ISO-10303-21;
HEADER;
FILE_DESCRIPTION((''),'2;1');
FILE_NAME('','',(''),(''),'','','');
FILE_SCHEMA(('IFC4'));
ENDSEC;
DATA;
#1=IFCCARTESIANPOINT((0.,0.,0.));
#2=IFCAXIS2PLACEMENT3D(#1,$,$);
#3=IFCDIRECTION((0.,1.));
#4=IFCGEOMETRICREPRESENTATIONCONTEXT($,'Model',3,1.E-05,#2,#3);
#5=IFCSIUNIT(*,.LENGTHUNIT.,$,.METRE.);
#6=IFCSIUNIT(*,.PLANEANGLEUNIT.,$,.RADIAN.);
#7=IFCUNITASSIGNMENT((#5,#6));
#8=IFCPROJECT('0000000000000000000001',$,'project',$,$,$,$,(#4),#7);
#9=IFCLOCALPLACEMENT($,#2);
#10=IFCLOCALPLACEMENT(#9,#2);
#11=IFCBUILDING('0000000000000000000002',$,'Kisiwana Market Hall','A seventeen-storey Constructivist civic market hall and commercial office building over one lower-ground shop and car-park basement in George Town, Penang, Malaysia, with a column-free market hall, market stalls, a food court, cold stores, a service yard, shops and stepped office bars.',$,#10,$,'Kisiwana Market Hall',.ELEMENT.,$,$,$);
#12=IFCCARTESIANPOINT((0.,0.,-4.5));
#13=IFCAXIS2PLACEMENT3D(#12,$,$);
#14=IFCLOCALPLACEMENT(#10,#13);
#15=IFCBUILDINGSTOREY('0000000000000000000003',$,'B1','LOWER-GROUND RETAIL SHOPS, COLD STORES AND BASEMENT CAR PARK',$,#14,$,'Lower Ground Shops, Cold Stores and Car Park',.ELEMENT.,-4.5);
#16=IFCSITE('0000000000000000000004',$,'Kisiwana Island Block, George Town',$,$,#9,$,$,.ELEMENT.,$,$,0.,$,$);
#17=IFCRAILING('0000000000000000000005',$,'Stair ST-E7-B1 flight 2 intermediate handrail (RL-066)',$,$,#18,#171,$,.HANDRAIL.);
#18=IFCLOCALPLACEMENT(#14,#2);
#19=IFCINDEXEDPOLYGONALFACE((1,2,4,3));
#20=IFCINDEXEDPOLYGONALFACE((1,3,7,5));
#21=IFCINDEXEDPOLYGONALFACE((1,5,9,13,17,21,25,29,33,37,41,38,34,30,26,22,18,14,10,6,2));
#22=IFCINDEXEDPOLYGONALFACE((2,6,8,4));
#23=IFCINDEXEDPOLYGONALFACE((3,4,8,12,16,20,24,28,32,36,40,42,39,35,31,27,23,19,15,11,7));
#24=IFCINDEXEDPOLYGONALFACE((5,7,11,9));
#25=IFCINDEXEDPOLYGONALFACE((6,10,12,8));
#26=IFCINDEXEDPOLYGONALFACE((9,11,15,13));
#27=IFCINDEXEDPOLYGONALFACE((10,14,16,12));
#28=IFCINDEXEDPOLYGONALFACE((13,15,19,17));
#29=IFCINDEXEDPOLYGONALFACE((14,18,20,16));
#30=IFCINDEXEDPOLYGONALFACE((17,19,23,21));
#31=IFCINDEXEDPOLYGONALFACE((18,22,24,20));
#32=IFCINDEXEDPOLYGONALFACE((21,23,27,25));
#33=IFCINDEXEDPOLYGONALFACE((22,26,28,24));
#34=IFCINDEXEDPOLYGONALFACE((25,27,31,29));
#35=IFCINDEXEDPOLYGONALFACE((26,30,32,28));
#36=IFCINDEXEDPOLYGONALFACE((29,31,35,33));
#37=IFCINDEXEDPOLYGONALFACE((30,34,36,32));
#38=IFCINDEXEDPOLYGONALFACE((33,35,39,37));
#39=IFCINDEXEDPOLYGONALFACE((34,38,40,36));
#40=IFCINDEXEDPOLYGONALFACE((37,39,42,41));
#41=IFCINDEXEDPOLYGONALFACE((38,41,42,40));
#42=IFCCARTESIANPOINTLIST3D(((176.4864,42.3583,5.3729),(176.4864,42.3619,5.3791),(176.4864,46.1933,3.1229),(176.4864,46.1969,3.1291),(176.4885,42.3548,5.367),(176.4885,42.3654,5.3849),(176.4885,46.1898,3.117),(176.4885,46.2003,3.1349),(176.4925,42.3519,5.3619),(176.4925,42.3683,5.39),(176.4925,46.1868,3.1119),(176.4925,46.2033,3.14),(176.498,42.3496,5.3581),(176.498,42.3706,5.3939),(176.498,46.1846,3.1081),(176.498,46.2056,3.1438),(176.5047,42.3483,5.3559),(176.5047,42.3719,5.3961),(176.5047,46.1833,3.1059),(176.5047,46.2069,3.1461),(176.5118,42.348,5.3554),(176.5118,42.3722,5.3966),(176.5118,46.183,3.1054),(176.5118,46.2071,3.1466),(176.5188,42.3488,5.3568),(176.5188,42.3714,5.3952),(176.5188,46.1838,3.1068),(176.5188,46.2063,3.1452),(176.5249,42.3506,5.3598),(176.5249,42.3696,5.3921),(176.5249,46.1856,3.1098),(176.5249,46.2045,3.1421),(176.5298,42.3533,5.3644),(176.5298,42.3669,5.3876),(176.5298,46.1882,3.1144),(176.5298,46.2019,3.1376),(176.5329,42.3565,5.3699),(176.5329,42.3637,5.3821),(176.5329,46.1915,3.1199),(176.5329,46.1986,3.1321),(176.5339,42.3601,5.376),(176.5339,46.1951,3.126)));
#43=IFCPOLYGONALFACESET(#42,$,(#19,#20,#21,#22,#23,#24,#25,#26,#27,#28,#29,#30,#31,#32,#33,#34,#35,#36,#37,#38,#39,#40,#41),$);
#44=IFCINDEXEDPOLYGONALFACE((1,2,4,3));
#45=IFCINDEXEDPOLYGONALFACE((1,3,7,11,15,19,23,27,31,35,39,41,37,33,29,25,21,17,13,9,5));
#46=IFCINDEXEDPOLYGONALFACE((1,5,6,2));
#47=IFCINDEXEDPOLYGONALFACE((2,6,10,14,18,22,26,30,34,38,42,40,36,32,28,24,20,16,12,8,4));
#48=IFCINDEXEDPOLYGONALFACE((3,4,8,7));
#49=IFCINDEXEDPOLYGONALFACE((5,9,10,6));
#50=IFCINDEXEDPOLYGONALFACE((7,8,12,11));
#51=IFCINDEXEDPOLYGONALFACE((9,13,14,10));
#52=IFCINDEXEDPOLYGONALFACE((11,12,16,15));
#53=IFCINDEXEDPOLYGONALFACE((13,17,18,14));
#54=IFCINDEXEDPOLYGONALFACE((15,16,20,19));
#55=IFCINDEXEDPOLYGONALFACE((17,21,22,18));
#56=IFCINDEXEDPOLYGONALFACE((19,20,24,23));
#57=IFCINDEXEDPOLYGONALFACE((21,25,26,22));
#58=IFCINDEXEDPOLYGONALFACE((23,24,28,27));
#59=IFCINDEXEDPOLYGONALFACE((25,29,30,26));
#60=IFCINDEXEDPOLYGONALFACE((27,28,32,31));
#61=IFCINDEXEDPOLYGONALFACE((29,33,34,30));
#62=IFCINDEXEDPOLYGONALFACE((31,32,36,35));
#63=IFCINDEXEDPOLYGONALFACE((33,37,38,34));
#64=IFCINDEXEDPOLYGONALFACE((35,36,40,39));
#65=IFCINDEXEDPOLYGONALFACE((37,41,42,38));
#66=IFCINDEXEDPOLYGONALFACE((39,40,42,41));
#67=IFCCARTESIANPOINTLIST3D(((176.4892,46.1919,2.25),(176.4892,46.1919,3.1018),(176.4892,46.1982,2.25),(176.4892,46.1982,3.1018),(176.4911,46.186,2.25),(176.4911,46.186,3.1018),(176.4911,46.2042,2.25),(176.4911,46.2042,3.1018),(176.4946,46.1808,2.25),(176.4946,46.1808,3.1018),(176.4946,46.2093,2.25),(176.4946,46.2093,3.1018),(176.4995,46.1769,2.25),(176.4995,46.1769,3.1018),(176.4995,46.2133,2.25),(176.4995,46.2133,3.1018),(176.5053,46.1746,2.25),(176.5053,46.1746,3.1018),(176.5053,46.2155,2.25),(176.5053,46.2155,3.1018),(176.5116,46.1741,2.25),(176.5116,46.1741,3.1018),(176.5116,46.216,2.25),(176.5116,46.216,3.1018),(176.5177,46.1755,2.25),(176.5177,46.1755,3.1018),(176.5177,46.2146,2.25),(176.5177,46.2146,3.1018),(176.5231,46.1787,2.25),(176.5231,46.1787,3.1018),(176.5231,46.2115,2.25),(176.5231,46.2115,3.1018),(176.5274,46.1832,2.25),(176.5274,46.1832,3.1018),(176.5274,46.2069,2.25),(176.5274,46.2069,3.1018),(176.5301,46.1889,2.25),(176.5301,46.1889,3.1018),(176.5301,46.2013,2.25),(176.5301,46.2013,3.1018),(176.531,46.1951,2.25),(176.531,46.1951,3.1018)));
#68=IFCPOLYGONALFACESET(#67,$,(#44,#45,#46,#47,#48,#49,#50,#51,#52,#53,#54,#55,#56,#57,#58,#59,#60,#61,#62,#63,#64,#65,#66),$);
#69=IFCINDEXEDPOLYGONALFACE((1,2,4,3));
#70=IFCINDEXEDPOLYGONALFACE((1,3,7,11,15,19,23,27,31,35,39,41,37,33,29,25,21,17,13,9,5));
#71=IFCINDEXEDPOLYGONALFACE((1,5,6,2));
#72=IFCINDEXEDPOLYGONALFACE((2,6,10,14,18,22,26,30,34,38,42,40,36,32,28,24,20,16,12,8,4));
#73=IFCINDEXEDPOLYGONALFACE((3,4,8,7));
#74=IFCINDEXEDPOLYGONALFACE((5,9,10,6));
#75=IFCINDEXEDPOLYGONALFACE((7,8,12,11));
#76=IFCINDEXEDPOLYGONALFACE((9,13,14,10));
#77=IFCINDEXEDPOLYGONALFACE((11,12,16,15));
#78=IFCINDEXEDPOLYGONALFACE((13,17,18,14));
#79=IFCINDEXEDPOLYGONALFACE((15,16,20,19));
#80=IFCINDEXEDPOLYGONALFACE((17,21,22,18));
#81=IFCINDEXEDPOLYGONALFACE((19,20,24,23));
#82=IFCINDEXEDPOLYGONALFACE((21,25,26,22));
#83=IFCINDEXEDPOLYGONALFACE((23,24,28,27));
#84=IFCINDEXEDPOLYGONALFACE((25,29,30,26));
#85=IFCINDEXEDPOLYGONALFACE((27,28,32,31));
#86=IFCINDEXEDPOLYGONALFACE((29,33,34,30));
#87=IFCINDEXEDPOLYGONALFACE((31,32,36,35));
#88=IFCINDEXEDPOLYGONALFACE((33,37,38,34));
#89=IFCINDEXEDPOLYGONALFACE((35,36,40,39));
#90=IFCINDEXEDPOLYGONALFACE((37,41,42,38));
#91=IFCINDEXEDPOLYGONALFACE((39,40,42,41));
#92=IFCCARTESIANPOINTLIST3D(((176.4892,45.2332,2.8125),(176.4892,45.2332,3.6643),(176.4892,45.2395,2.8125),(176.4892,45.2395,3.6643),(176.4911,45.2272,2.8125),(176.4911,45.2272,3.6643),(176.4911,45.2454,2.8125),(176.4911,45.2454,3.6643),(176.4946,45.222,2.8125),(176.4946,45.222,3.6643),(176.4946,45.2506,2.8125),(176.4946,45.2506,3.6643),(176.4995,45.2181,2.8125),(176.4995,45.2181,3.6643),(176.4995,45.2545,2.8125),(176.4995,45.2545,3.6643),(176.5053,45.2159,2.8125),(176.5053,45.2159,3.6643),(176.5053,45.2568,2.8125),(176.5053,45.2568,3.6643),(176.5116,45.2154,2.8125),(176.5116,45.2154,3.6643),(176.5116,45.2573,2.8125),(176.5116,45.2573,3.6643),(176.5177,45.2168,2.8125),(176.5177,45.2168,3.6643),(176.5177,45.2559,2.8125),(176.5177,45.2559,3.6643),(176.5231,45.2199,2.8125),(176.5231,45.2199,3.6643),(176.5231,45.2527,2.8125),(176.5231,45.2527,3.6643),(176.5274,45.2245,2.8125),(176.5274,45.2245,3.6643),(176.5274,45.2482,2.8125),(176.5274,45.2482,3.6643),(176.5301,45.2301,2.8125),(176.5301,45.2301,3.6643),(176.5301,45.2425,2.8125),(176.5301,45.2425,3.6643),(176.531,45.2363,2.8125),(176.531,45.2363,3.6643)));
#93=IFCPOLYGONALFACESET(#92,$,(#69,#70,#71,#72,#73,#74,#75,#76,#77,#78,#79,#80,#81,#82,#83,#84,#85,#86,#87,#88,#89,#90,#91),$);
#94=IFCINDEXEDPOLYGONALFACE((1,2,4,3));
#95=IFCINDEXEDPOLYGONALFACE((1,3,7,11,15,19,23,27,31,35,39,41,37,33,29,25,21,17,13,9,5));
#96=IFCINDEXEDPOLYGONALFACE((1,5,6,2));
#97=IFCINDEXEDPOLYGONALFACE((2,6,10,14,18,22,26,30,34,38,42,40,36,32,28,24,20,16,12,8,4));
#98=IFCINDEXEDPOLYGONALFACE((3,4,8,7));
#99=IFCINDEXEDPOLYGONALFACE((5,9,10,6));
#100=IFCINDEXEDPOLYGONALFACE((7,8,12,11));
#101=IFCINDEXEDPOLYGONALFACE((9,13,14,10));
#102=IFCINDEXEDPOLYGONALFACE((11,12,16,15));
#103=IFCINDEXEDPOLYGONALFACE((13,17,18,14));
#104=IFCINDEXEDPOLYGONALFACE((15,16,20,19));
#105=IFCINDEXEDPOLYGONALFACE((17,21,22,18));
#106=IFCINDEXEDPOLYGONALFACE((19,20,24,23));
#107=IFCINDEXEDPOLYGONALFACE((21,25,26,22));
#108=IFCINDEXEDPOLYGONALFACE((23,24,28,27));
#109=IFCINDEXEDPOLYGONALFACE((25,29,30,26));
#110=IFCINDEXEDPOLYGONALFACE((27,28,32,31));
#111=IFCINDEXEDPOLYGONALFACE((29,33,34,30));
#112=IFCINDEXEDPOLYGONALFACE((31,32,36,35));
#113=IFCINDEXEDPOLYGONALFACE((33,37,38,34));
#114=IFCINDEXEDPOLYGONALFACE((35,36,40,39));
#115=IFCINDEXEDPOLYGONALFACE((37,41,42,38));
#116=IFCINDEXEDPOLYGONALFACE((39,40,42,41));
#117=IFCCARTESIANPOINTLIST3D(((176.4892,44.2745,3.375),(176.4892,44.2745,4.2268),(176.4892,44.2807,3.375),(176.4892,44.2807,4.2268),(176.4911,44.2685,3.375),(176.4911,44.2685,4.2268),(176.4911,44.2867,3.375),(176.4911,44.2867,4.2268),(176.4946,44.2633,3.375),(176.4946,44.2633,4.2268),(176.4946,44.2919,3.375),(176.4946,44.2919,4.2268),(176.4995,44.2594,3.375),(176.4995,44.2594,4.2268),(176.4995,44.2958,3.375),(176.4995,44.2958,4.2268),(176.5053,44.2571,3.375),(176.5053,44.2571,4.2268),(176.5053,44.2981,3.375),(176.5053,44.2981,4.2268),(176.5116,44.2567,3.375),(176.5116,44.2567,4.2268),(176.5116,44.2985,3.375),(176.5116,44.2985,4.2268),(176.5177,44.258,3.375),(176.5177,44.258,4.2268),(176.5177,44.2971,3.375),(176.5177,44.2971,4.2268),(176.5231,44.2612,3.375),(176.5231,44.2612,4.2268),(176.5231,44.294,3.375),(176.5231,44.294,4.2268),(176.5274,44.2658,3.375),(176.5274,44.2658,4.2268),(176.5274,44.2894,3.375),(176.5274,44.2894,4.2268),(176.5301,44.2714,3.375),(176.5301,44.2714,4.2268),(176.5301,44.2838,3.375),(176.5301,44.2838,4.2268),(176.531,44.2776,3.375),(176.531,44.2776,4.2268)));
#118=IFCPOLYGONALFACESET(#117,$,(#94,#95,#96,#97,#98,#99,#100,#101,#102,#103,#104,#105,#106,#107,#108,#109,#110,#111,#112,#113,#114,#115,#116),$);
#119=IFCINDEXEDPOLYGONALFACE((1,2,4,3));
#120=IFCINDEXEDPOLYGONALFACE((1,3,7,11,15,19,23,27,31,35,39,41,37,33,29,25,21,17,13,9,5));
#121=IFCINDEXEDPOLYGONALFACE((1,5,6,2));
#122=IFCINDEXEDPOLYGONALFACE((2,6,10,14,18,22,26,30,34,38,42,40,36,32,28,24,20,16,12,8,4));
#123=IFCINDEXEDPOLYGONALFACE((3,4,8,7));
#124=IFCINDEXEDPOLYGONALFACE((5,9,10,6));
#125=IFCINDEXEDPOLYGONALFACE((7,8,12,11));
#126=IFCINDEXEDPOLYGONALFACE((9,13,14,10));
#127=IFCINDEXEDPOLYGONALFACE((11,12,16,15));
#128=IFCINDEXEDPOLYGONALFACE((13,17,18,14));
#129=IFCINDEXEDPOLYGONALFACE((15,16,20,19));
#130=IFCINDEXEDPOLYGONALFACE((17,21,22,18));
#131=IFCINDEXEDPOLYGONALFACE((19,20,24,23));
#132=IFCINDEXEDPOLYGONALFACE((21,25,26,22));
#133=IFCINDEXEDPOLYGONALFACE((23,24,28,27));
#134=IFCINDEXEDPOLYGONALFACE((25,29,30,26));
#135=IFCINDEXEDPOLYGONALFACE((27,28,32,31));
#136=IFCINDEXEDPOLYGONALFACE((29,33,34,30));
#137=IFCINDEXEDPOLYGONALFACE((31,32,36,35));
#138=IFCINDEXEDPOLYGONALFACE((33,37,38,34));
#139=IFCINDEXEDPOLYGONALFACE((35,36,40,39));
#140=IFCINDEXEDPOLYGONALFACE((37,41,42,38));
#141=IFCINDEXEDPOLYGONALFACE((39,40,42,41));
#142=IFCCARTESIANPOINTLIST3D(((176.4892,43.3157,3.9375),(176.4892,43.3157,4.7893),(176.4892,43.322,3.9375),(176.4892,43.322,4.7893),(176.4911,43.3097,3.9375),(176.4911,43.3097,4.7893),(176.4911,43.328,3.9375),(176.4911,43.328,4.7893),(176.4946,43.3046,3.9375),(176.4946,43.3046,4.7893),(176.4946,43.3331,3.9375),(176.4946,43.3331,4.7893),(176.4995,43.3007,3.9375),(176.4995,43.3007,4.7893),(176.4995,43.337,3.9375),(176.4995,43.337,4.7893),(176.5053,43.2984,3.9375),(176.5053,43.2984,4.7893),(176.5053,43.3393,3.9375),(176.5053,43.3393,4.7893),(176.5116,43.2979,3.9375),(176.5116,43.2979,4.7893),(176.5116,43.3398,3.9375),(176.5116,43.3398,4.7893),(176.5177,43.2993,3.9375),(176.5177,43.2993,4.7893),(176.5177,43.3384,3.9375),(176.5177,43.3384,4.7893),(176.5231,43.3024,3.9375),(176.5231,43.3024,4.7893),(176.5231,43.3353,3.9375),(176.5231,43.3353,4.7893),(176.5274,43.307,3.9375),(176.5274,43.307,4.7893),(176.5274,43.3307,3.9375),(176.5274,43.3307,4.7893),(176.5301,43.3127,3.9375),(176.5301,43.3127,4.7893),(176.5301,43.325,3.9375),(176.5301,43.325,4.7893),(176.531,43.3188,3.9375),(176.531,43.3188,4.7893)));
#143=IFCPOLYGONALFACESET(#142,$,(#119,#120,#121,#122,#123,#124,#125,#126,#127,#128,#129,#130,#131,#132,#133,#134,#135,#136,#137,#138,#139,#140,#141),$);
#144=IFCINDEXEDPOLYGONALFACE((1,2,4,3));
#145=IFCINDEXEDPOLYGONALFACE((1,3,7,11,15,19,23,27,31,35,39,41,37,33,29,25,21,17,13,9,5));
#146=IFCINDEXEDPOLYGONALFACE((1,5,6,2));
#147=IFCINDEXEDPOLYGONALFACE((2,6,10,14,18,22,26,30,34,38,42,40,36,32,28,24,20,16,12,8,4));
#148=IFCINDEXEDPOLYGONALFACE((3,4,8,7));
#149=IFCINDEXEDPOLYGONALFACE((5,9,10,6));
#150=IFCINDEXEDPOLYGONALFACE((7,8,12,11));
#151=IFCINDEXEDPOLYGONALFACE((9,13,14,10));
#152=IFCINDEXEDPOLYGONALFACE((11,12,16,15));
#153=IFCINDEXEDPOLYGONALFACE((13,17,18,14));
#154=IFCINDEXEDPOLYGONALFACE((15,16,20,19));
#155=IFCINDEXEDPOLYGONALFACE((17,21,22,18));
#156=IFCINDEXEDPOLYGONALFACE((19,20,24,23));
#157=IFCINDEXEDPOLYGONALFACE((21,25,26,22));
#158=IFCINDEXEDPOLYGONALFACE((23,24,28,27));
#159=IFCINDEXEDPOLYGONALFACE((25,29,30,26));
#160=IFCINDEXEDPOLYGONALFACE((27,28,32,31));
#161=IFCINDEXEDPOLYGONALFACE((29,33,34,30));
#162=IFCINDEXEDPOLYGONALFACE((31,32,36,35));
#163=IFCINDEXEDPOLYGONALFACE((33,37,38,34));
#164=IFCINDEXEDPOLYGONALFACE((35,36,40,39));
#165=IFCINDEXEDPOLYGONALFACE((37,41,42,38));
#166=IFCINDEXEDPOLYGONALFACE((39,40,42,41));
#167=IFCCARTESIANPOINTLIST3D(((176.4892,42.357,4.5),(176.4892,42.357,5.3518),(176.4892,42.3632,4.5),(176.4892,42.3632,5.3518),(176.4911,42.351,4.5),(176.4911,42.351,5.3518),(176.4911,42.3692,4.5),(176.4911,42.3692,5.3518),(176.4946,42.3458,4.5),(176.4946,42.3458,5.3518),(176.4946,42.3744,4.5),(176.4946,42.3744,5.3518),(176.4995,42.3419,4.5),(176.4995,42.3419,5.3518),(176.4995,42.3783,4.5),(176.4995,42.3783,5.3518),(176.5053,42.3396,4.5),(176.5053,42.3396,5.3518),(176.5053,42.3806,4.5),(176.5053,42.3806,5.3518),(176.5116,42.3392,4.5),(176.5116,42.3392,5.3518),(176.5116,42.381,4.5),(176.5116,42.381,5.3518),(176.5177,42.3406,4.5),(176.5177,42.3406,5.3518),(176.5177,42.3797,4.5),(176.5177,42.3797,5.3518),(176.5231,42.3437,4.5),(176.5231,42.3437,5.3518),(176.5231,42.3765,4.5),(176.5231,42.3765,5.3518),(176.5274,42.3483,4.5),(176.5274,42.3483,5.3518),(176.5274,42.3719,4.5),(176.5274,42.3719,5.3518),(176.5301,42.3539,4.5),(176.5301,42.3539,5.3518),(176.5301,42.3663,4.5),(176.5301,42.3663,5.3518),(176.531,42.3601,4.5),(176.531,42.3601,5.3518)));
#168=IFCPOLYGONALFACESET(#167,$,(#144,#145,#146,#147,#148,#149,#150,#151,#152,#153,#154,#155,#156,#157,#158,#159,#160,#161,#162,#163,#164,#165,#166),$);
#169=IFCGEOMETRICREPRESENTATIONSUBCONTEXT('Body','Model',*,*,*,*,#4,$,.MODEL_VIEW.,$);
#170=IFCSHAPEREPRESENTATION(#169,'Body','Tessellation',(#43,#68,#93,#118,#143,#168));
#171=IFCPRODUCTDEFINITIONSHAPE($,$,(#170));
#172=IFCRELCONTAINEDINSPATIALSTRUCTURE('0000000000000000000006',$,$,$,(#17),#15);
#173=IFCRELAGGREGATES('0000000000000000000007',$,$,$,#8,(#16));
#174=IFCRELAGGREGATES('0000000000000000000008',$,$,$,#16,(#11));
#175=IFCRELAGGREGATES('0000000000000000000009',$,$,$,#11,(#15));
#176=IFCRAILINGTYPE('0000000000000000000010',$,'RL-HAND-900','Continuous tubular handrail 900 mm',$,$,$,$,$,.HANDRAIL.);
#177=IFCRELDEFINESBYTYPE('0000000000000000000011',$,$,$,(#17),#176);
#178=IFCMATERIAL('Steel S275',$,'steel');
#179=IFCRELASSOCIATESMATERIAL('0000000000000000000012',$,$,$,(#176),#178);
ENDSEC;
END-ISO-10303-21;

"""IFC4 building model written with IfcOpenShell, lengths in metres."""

from ifc_helpers import new_model, si_unit, direction, frame, origin, origin_2d, place, context, subcontext, project, spatial, circle, extrude, material, type_object, element, save


model = new_model("IFC4")

# Units and contexts
model_context = context("Model", 3, precision=1e-05, world=origin(), true_north=direction((0.0, 1.0)))
body_context = subcontext(model_context, "Body", "Model", "MODEL_VIEW")
ifc_project = project(units=[si_unit("LENGTHUNIT", "METRE"), si_unit("PLANEANGLEUNIT", "RADIAN")], contexts=[model_context])

# Site, building, storey
site_placement = place(None, origin())
site = spatial("IfcSite", under=ifc_project, at=site_placement, Name="Kisiwana Island Block, George Town", CompositionType="ELEMENT", RefElevation=0.0)
building_placement = place(site_placement, origin())
building = spatial("IfcBuilding", under=site, at=building_placement, Name="Kisiwana Market Hall", Description="A seventeen-storey Constructivist civic market hall and commercial office building over one lower-ground shop and car-park basement in George Town, Penang, Malaysia, with a column-free market hall, market stalls, a food court, cold stores, a service yard, shops and stepped office bars.", LongName="Kisiwana Market Hall", CompositionType="ELEMENT")
storey_placement = place(building_placement, frame((0.0, 0.0, -4.5)))
storey = spatial("IfcBuildingStorey", under=building, at=storey_placement, Name="B1", Description="LOWER-GROUND RETAIL SHOPS, COLD STORES AND BASEMENT CAR PARK", LongName="Lower Ground Shops, Cold Stores and Car Park", CompositionType="ELEMENT", Elevation=-4.5)

# Railing
ifc_material_1 = material(Name="Steel S275", Category="steel")
railing_type_1 = type_object("IfcRailingType", Name="RL-HAND-900", Description="Continuous tubular handrail 900 mm", PredefinedType="HANDRAIL", material=ifc_material_1)
for number, where, name in (
    (1, (176.51, 46.1951, 2.25), "Stair ST-E7-B1 flight 2 intermediate handrail (RL-066)"),
):
    element("IfcRailing", number, at=place(storey_placement, frame(where)), inside=storey, type_object=railing_type_1, Name=name, PredefinedType="HANDRAIL", context=body_context, shape_type="SweptSolid", body=[
        extrude(circle(Radius=0.0239, at=origin_2d()), frame((0.0, 0.0, 0.876), z_axis=(0.0, -0.86251, 0.506041), x_axis=(1.0, 0.0, 0.0)), (0.0, 0.0, 1.0), 4.4463),
        extrude(circle(Radius=0.021, at=origin_2d()), origin(), (0.0, 0.0, 1.0), 0.8518),
        extrude(circle(Radius=0.021, at=origin_2d()), frame((0.0, -0.9587, 0.5625)), (0.0, 0.0, 1.0), 0.8518),
        extrude(circle(Radius=0.021, at=origin_2d()), frame((0.0, -1.9175, 1.125)), (0.0, 0.0, 1.0), 0.8518),
        extrude(circle(Radius=0.021, at=origin_2d()), frame((0.0, -2.8762, 1.6875)), (0.0, 0.0, 1.0), 0.8518),
        extrude(circle(Radius=0.021, at=origin_2d()), frame((0.0, -3.835, 2.25)), (0.0, 0.0, 1.0), 0.8518),
    ])

save(model, "model.ifc")
